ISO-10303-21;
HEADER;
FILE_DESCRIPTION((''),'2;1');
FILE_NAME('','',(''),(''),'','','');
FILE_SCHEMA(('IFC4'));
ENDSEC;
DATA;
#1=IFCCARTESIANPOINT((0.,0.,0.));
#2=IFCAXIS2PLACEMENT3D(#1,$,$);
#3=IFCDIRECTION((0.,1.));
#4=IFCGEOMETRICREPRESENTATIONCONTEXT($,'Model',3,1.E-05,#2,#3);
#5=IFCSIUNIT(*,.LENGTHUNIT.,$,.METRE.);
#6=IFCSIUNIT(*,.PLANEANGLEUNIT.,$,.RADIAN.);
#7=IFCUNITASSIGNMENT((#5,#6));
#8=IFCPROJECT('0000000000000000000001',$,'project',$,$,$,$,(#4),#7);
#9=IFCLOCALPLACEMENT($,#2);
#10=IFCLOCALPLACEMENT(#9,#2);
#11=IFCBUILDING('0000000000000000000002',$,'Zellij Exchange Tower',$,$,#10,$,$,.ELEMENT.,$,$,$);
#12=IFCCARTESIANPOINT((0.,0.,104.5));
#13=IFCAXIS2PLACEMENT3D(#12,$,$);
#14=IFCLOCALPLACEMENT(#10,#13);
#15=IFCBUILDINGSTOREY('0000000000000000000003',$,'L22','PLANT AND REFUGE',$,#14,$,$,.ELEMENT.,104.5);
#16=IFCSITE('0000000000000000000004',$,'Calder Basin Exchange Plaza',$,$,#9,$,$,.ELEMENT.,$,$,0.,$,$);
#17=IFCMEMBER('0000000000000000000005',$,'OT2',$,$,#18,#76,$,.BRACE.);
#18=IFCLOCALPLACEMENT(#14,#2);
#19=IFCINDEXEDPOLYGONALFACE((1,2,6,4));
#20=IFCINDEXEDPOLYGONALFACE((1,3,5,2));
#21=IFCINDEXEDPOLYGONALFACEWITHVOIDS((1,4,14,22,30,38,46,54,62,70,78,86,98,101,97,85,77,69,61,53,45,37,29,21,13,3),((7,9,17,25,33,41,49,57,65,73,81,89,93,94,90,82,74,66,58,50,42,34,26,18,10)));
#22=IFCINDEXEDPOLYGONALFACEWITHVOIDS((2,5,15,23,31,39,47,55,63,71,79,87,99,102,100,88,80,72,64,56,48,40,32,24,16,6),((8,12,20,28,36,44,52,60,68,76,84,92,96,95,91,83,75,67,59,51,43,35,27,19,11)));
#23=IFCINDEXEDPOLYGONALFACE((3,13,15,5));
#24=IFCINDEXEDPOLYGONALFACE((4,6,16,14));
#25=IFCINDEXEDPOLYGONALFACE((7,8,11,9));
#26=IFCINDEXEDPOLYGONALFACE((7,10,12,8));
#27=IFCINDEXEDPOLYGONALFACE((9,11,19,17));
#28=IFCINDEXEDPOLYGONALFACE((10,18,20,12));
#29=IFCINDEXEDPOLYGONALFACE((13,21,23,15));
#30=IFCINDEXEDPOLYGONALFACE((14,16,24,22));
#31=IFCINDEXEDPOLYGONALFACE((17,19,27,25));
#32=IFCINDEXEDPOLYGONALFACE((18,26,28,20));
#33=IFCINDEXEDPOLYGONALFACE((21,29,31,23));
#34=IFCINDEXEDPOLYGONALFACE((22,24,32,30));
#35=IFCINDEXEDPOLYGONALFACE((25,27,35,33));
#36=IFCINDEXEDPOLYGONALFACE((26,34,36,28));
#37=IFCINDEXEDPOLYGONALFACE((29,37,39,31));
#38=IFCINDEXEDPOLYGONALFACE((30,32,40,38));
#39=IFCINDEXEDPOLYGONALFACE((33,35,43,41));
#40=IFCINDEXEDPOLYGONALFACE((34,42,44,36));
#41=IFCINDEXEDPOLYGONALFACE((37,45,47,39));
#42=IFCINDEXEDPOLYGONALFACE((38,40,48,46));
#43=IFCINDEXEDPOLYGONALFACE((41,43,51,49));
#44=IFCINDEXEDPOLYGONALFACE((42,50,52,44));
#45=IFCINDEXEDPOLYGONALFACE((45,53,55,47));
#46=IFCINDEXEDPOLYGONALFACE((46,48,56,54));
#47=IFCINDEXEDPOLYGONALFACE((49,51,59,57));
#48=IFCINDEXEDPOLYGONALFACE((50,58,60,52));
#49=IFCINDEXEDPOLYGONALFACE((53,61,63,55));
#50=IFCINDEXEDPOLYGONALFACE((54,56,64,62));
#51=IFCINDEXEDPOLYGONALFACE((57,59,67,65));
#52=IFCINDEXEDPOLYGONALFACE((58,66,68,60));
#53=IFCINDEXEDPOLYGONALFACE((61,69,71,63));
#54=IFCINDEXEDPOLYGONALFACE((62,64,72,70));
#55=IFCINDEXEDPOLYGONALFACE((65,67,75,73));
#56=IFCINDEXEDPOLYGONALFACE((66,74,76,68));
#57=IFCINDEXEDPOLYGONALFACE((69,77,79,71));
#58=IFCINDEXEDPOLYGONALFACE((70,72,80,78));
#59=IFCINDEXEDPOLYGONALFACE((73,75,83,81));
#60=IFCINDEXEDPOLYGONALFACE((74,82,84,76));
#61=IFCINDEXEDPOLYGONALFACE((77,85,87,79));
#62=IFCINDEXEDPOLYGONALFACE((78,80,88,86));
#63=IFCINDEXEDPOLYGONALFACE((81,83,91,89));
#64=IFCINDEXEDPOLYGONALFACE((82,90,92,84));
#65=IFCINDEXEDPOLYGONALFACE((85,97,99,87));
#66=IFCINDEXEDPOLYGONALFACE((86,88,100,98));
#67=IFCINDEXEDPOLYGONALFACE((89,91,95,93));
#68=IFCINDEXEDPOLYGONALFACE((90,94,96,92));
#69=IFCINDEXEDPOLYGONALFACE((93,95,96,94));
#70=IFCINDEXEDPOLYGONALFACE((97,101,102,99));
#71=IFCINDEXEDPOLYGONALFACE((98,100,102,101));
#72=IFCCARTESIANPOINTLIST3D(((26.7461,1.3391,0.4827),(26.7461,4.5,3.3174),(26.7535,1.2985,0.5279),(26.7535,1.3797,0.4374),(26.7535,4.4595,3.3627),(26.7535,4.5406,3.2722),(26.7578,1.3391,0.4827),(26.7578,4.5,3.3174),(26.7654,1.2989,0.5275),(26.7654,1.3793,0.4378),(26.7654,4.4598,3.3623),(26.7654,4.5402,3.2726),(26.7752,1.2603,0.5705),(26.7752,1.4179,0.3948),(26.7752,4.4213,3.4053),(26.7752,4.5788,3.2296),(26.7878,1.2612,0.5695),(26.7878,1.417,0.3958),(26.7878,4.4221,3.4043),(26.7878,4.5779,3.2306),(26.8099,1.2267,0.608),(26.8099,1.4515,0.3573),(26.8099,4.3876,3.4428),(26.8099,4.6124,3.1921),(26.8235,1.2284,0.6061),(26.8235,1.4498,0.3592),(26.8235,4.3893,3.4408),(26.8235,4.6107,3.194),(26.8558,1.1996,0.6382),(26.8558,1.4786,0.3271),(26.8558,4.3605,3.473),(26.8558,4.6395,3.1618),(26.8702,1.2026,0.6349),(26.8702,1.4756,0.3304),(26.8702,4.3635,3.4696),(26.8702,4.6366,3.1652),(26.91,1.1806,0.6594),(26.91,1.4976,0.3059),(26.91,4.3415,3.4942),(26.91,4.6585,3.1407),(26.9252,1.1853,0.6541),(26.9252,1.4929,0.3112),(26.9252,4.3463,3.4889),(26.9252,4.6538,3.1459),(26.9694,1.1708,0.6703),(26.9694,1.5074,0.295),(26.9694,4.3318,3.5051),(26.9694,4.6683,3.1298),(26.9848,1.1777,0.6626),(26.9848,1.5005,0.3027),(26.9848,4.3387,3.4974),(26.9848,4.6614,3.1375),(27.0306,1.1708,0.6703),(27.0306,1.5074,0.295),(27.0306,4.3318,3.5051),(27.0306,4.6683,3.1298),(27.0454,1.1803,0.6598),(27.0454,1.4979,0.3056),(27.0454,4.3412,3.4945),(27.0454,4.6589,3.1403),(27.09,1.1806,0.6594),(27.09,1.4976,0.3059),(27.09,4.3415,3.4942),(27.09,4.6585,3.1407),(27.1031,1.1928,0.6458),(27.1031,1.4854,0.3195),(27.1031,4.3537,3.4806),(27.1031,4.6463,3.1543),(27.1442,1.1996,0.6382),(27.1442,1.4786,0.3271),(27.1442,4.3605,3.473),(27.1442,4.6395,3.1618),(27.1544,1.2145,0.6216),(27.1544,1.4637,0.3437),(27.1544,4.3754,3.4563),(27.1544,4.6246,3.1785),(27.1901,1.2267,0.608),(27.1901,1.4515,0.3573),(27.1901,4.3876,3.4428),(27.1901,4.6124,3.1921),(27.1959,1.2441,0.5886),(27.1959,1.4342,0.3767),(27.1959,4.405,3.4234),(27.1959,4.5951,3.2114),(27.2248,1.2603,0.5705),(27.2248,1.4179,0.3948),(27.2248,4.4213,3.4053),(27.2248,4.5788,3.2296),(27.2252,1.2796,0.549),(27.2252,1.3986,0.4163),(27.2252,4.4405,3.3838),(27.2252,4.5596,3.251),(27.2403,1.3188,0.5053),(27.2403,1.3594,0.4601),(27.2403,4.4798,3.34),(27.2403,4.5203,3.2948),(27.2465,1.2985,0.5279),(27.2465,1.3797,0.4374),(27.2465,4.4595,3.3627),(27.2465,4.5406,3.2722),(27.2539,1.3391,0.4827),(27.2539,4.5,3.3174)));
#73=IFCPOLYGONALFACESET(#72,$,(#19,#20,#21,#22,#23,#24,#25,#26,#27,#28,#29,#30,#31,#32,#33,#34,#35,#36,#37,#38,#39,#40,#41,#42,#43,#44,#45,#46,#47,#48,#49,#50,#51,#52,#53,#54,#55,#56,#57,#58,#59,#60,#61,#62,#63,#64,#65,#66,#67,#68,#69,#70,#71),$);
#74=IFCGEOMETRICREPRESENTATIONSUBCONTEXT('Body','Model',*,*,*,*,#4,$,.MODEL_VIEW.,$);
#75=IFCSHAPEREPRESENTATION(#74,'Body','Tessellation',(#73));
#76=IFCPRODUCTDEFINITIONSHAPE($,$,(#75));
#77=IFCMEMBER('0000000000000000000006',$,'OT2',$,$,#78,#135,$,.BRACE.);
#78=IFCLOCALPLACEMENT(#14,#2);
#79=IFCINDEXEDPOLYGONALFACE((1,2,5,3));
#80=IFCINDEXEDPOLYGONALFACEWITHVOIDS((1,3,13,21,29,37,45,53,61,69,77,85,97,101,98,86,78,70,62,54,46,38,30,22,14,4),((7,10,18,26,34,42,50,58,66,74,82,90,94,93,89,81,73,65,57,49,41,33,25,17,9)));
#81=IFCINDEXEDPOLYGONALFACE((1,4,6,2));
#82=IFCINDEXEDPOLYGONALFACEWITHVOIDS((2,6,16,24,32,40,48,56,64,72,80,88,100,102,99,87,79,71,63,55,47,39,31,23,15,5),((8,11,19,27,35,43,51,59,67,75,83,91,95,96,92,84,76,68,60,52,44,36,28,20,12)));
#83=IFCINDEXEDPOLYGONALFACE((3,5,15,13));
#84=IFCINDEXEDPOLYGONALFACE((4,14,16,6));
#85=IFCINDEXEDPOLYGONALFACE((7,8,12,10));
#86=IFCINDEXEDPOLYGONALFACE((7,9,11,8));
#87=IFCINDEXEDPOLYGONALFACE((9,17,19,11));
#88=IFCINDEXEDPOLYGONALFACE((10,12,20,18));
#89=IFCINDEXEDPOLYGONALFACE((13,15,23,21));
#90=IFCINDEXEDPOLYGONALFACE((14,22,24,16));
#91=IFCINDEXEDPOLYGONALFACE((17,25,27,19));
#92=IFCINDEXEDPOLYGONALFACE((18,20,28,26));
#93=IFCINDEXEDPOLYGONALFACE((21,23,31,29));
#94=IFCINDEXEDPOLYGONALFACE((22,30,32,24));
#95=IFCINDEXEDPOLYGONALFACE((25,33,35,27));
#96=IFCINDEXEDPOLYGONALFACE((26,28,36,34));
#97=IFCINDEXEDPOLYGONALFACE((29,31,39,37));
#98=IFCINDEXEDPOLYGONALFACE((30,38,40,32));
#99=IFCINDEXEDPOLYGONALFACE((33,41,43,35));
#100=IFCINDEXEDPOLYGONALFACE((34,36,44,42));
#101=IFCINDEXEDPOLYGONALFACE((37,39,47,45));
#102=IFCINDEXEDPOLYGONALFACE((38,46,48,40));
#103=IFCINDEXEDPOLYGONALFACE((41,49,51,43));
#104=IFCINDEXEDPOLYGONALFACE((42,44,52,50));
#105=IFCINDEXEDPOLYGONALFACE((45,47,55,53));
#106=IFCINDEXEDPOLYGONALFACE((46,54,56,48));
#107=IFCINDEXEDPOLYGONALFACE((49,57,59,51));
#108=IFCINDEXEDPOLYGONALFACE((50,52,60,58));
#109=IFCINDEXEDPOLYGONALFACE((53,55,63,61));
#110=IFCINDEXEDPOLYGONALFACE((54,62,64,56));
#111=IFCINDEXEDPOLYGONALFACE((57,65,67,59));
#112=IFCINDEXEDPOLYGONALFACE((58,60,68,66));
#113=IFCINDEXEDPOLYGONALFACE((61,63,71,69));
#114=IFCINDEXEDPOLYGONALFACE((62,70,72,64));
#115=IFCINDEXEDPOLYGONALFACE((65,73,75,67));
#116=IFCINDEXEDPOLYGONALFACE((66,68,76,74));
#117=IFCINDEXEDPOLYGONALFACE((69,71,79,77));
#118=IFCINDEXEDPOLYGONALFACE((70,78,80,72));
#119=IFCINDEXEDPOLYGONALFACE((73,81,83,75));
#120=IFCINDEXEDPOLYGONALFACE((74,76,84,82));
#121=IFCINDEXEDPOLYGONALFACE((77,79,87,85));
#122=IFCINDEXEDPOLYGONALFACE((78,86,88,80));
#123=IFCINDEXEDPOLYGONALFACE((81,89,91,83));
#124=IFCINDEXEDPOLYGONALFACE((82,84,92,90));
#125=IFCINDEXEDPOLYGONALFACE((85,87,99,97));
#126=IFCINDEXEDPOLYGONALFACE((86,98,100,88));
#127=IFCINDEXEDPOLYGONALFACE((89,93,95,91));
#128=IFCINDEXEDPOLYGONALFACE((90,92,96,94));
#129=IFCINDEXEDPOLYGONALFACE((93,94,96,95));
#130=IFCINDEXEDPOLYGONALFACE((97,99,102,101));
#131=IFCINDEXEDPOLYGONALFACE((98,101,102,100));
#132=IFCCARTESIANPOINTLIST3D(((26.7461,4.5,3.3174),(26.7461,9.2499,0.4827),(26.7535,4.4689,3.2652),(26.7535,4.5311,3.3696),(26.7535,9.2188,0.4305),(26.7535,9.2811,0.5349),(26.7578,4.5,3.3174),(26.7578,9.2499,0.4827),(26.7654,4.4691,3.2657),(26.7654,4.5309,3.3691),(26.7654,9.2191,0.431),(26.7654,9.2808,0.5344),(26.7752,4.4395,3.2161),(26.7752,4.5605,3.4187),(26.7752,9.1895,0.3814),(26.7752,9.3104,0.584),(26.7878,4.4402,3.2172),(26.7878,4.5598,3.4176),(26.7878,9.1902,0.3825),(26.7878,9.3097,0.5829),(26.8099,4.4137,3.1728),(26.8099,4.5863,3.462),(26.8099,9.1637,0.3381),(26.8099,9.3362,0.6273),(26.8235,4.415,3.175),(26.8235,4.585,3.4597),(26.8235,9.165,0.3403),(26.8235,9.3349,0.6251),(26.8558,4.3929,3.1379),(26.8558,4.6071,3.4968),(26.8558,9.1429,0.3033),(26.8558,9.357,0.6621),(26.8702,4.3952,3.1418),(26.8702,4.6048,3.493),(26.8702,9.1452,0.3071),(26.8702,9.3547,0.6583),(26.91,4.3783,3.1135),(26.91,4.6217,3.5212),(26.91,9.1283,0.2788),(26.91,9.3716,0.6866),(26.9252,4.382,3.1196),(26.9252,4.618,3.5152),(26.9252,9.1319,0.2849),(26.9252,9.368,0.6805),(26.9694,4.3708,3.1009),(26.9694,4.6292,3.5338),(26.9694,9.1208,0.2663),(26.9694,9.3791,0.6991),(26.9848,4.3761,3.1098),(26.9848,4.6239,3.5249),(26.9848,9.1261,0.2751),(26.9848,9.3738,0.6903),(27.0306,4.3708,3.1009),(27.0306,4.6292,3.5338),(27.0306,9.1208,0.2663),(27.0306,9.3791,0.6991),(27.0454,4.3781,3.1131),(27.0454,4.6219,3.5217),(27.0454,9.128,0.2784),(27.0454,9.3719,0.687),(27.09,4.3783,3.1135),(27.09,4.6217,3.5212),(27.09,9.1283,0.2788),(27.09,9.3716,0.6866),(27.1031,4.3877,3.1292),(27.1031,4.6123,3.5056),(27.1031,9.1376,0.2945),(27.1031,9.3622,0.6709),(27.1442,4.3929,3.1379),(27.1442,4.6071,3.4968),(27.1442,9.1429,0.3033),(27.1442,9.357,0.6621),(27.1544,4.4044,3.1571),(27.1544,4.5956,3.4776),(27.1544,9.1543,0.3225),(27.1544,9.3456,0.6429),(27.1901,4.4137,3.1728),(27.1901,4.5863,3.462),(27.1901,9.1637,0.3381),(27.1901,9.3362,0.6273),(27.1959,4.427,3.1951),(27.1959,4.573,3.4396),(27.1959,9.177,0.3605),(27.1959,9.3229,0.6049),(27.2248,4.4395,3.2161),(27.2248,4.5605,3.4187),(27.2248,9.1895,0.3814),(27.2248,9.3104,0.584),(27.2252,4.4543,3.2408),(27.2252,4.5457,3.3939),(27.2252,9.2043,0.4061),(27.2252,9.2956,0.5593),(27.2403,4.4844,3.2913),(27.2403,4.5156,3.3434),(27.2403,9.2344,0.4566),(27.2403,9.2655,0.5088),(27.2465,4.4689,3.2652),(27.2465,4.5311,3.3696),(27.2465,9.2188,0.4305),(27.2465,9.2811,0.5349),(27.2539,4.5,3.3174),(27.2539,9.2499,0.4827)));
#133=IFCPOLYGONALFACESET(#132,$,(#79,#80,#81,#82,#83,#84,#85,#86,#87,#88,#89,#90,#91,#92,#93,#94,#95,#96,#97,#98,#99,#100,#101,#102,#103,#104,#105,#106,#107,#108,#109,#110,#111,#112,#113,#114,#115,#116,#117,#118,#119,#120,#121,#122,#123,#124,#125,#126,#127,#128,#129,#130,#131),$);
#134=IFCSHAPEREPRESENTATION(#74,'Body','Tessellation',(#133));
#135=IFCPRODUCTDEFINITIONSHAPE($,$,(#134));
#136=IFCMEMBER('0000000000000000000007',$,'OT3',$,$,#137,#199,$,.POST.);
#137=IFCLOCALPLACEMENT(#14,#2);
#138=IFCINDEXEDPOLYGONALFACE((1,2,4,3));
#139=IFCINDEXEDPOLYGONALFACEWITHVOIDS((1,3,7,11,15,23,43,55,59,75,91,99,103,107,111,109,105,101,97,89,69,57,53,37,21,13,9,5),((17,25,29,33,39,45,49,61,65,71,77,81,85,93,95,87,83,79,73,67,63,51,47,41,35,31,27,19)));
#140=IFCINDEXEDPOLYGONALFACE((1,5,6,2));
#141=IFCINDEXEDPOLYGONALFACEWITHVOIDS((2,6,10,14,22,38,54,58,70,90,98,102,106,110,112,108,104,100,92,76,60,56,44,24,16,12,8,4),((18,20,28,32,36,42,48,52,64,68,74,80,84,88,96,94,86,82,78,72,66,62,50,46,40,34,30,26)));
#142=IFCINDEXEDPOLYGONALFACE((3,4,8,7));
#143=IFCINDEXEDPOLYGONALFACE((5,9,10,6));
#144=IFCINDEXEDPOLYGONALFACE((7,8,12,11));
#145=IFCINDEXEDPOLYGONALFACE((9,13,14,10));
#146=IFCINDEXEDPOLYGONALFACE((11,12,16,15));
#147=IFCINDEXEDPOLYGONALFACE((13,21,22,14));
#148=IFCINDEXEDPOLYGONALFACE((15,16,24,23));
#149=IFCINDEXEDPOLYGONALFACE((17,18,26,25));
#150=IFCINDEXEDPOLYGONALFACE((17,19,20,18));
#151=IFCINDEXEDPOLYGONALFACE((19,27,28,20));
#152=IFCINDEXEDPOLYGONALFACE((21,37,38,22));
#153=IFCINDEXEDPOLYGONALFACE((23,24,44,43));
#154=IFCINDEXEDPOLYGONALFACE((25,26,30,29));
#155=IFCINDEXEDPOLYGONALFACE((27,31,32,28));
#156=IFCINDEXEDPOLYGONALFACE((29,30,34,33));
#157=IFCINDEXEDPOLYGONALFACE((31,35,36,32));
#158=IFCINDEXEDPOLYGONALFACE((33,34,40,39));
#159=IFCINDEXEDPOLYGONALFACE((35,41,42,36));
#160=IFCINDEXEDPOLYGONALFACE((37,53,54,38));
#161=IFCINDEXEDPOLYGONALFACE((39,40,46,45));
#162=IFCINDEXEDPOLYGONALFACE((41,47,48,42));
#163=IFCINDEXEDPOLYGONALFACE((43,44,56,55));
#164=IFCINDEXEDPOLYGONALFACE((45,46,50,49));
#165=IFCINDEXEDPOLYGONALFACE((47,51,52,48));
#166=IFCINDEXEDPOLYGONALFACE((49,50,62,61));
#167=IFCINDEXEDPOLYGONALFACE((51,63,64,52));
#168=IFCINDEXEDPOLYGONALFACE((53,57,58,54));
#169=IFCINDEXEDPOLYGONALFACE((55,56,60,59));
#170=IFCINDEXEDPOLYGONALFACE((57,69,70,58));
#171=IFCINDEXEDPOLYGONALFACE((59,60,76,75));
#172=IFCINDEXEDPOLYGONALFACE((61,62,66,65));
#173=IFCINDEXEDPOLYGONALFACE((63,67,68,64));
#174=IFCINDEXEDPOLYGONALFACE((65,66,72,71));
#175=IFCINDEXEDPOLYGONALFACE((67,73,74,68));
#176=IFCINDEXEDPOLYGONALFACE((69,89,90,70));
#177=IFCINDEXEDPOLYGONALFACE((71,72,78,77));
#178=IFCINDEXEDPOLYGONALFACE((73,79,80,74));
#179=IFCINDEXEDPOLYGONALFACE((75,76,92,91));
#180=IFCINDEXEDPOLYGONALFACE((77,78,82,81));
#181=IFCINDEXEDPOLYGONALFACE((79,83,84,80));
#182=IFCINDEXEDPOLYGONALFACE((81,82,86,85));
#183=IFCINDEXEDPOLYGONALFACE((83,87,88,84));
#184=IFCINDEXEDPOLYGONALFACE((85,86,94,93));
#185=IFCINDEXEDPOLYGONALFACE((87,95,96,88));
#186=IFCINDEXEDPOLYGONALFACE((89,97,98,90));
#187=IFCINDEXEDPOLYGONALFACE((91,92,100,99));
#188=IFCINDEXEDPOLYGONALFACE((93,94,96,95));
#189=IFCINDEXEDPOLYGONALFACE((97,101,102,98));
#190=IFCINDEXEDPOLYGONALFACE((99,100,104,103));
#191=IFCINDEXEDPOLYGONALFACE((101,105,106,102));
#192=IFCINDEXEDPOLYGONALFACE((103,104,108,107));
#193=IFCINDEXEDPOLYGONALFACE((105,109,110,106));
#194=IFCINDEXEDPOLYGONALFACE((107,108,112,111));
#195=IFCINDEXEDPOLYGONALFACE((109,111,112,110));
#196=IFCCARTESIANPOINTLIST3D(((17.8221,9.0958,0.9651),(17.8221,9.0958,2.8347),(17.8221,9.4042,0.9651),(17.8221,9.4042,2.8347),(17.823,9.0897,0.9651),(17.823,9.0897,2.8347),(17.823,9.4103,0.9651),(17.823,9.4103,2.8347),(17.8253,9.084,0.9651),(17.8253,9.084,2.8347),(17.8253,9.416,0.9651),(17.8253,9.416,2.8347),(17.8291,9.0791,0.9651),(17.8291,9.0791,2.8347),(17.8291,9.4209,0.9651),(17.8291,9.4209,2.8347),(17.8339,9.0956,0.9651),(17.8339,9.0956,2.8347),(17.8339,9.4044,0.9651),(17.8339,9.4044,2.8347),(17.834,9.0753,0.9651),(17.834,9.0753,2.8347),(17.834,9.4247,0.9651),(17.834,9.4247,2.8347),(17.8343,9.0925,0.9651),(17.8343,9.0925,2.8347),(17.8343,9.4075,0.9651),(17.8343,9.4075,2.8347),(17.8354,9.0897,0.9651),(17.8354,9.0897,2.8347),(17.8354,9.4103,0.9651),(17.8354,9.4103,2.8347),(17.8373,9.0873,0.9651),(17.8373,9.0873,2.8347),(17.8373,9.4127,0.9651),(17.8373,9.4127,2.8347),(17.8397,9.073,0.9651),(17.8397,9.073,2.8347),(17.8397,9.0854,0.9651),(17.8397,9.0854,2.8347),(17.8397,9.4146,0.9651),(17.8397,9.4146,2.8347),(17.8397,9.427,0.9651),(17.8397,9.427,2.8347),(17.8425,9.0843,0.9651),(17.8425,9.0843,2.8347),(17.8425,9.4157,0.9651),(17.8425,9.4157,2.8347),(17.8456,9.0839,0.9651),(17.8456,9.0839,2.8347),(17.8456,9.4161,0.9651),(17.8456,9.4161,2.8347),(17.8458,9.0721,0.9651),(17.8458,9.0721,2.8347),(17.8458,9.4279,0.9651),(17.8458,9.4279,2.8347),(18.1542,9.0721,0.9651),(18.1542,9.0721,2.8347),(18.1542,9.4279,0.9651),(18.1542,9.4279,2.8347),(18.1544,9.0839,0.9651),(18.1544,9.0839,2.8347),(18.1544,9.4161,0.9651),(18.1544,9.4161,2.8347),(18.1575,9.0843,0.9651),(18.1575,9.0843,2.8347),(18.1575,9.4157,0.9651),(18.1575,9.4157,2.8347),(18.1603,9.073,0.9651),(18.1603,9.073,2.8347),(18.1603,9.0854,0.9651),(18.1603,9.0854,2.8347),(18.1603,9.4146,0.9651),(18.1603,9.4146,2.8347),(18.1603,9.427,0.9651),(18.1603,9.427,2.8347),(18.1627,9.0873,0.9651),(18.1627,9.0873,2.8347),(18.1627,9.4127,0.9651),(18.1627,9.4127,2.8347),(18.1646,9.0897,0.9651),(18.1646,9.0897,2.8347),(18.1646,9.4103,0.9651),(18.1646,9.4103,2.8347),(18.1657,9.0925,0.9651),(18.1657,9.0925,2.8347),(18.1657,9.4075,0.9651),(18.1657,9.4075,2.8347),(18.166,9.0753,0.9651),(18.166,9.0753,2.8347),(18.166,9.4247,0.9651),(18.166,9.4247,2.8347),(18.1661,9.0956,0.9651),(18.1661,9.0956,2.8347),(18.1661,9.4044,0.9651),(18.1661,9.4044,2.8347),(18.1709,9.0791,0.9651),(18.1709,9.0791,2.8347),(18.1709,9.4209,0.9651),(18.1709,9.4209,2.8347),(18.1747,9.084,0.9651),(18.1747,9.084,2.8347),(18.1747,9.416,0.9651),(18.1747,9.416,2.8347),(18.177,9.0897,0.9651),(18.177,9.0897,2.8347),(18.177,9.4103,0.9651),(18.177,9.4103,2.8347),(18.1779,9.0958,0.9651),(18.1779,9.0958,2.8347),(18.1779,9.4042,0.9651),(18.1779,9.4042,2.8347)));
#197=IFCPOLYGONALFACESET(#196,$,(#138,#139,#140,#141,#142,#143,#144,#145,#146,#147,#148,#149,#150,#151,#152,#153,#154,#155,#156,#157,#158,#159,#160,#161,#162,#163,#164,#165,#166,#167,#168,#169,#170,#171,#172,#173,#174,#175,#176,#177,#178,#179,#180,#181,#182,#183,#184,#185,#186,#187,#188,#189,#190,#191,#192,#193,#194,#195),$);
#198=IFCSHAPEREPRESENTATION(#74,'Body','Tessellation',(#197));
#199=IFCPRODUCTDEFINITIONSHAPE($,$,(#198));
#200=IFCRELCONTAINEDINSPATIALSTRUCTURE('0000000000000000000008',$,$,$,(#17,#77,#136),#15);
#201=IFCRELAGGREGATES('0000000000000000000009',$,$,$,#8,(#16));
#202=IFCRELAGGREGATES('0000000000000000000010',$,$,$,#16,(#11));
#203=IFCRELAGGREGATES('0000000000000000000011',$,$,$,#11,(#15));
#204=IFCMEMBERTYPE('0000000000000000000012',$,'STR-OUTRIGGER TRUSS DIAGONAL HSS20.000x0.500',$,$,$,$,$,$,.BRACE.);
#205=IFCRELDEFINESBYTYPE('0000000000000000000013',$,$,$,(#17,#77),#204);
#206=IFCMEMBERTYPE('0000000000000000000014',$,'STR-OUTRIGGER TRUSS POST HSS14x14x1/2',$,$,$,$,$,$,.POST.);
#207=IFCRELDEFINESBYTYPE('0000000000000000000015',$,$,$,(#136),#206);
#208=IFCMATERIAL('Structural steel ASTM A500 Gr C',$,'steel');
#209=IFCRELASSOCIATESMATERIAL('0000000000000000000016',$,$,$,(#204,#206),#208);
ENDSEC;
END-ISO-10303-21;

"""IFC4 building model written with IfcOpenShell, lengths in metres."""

from ifc_helpers import new_model, si_unit, direction, frame, origin, origin_2d, place, context, subcontext, project, spatial, hollow_rectangle, hollow_circle, extrude, material, material_profile, profile_set, type_object, element, save


model = new_model("IFC4")

# Units and contexts
model_context = context("Model", 3, precision=1e-05, world=origin(), true_north=direction((0.0, 1.0)))
body_context = subcontext(model_context, "Body", "Model", "MODEL_VIEW")
ifc_project = project(units=[si_unit("LENGTHUNIT", "METRE"), si_unit("PLANEANGLEUNIT", "RADIAN")], contexts=[model_context])

# Site, building, storey
site_placement = place(None, origin())
site = spatial("IfcSite", under=ifc_project, at=site_placement, Name="Calder Basin Exchange Plaza", CompositionType="ELEMENT", RefElevation=0.0)
building_placement = place(site_placement, origin())
building = spatial("IfcBuilding", under=site, at=building_placement, Name="Zellij Exchange Tower", CompositionType="ELEMENT")
storey_placement = place(building_placement, frame((0.0, 0.0, 104.5)))
storey = spatial("IfcBuildingStorey", under=building, at=storey_placement, Name="L22", Description="PLANT AND REFUGE", CompositionType="ELEMENT", Elevation=104.5)

# Members
ifc_material_1 = material(Name="Structural steel ASTM A500 Gr C", Category="steel")
ifc_material_profile_1 = material_profile(ifc_material_1, hollow_circle(Radius=0.2539, WallThickness=0.0117, at=origin_2d()), Name="STR-OUTRIGGER TRUSS DIAGONAL HSS20.000x0.500")
ifc_profile_set_1 = profile_set([ifc_material_profile_1], Name="Structural steel ASTM A500 Gr C")
member_type_1 = type_object("IfcMemberType", Name="STR-OUTRIGGER TRUSS DIAGONAL HSS20.000x0.500", PredefinedType="BRACE", material=ifc_profile_set_1)
member_1_placement = place(storey_placement, frame((27.0, 1.3391, 0.4827), z_axis=(0.0, 0.744474, 0.667652), x_axis=(-1.0, 0.0, 0.0)))
element("IfcMember", 1, at=member_1_placement, inside=storey, type_object=member_type_1, Name="OT2", PredefinedType="BRACE", context=body_context, shape_type="SweptSolid", body=[
    extrude(hollow_circle(Radius=0.2539, WallThickness=0.0117, at=origin_2d()), origin(), (0.0, 0.0, 1.0), 4.2458),
])
member_2_placement = place(storey_placement, frame((27.0, 4.5, 3.3174), z_axis=(0.0, 0.858709, -0.512463), x_axis=(-1.0, 0.0, 0.0)))
element("IfcMember", 2, at=member_2_placement, inside=storey, type_object=member_type_1, Name="OT2", PredefinedType="BRACE", context=body_context, shape_type="SweptSolid", body=[
    extrude(hollow_circle(Radius=0.2539, WallThickness=0.0117, at=origin_2d()), origin(), (0.0, 0.0, 1.0), 5.5315),
])
ifc_material_profile_2 = material_profile(ifc_material_1, hollow_rectangle(XDim=0.3557, YDim=0.3557, WallThickness=0.0117, InnerFilletRadius=0.0117, OuterFilletRadius=0.0237, at=origin_2d()), Name="STR-OUTRIGGER TRUSS POST HSS14x14x1/2")
ifc_profile_set_2 = profile_set([ifc_material_profile_2], Name="Structural steel ASTM A500 Gr C")
member_type_2 = type_object("IfcMemberType", Name="STR-OUTRIGGER TRUSS POST HSS14x14x1/2", PredefinedType="POST", material=ifc_profile_set_2)
for number, where, z_axis, x_axis, name in (
    (3, (18.0, 9.25, 0.9651), (0.0, 0.0, 1.0), (1.0, 0.0, 0.0), "OT3"),
):
    element("IfcMember", number, at=place(storey_placement, frame(where, z_axis=z_axis, x_axis=x_axis)), inside=storey, type_object=member_type_2, Name=name, PredefinedType="POST", context=body_context, shape_type="SweptSolid", body=[
        extrude(hollow_rectangle(XDim=0.3557, YDim=0.3557, WallThickness=0.0117, InnerFilletRadius=0.0117, OuterFilletRadius=0.0237, at=origin_2d()), origin(), (0.0, 0.0, 1.0), 1.8696),
    ])

save(model, "model.ifc")
